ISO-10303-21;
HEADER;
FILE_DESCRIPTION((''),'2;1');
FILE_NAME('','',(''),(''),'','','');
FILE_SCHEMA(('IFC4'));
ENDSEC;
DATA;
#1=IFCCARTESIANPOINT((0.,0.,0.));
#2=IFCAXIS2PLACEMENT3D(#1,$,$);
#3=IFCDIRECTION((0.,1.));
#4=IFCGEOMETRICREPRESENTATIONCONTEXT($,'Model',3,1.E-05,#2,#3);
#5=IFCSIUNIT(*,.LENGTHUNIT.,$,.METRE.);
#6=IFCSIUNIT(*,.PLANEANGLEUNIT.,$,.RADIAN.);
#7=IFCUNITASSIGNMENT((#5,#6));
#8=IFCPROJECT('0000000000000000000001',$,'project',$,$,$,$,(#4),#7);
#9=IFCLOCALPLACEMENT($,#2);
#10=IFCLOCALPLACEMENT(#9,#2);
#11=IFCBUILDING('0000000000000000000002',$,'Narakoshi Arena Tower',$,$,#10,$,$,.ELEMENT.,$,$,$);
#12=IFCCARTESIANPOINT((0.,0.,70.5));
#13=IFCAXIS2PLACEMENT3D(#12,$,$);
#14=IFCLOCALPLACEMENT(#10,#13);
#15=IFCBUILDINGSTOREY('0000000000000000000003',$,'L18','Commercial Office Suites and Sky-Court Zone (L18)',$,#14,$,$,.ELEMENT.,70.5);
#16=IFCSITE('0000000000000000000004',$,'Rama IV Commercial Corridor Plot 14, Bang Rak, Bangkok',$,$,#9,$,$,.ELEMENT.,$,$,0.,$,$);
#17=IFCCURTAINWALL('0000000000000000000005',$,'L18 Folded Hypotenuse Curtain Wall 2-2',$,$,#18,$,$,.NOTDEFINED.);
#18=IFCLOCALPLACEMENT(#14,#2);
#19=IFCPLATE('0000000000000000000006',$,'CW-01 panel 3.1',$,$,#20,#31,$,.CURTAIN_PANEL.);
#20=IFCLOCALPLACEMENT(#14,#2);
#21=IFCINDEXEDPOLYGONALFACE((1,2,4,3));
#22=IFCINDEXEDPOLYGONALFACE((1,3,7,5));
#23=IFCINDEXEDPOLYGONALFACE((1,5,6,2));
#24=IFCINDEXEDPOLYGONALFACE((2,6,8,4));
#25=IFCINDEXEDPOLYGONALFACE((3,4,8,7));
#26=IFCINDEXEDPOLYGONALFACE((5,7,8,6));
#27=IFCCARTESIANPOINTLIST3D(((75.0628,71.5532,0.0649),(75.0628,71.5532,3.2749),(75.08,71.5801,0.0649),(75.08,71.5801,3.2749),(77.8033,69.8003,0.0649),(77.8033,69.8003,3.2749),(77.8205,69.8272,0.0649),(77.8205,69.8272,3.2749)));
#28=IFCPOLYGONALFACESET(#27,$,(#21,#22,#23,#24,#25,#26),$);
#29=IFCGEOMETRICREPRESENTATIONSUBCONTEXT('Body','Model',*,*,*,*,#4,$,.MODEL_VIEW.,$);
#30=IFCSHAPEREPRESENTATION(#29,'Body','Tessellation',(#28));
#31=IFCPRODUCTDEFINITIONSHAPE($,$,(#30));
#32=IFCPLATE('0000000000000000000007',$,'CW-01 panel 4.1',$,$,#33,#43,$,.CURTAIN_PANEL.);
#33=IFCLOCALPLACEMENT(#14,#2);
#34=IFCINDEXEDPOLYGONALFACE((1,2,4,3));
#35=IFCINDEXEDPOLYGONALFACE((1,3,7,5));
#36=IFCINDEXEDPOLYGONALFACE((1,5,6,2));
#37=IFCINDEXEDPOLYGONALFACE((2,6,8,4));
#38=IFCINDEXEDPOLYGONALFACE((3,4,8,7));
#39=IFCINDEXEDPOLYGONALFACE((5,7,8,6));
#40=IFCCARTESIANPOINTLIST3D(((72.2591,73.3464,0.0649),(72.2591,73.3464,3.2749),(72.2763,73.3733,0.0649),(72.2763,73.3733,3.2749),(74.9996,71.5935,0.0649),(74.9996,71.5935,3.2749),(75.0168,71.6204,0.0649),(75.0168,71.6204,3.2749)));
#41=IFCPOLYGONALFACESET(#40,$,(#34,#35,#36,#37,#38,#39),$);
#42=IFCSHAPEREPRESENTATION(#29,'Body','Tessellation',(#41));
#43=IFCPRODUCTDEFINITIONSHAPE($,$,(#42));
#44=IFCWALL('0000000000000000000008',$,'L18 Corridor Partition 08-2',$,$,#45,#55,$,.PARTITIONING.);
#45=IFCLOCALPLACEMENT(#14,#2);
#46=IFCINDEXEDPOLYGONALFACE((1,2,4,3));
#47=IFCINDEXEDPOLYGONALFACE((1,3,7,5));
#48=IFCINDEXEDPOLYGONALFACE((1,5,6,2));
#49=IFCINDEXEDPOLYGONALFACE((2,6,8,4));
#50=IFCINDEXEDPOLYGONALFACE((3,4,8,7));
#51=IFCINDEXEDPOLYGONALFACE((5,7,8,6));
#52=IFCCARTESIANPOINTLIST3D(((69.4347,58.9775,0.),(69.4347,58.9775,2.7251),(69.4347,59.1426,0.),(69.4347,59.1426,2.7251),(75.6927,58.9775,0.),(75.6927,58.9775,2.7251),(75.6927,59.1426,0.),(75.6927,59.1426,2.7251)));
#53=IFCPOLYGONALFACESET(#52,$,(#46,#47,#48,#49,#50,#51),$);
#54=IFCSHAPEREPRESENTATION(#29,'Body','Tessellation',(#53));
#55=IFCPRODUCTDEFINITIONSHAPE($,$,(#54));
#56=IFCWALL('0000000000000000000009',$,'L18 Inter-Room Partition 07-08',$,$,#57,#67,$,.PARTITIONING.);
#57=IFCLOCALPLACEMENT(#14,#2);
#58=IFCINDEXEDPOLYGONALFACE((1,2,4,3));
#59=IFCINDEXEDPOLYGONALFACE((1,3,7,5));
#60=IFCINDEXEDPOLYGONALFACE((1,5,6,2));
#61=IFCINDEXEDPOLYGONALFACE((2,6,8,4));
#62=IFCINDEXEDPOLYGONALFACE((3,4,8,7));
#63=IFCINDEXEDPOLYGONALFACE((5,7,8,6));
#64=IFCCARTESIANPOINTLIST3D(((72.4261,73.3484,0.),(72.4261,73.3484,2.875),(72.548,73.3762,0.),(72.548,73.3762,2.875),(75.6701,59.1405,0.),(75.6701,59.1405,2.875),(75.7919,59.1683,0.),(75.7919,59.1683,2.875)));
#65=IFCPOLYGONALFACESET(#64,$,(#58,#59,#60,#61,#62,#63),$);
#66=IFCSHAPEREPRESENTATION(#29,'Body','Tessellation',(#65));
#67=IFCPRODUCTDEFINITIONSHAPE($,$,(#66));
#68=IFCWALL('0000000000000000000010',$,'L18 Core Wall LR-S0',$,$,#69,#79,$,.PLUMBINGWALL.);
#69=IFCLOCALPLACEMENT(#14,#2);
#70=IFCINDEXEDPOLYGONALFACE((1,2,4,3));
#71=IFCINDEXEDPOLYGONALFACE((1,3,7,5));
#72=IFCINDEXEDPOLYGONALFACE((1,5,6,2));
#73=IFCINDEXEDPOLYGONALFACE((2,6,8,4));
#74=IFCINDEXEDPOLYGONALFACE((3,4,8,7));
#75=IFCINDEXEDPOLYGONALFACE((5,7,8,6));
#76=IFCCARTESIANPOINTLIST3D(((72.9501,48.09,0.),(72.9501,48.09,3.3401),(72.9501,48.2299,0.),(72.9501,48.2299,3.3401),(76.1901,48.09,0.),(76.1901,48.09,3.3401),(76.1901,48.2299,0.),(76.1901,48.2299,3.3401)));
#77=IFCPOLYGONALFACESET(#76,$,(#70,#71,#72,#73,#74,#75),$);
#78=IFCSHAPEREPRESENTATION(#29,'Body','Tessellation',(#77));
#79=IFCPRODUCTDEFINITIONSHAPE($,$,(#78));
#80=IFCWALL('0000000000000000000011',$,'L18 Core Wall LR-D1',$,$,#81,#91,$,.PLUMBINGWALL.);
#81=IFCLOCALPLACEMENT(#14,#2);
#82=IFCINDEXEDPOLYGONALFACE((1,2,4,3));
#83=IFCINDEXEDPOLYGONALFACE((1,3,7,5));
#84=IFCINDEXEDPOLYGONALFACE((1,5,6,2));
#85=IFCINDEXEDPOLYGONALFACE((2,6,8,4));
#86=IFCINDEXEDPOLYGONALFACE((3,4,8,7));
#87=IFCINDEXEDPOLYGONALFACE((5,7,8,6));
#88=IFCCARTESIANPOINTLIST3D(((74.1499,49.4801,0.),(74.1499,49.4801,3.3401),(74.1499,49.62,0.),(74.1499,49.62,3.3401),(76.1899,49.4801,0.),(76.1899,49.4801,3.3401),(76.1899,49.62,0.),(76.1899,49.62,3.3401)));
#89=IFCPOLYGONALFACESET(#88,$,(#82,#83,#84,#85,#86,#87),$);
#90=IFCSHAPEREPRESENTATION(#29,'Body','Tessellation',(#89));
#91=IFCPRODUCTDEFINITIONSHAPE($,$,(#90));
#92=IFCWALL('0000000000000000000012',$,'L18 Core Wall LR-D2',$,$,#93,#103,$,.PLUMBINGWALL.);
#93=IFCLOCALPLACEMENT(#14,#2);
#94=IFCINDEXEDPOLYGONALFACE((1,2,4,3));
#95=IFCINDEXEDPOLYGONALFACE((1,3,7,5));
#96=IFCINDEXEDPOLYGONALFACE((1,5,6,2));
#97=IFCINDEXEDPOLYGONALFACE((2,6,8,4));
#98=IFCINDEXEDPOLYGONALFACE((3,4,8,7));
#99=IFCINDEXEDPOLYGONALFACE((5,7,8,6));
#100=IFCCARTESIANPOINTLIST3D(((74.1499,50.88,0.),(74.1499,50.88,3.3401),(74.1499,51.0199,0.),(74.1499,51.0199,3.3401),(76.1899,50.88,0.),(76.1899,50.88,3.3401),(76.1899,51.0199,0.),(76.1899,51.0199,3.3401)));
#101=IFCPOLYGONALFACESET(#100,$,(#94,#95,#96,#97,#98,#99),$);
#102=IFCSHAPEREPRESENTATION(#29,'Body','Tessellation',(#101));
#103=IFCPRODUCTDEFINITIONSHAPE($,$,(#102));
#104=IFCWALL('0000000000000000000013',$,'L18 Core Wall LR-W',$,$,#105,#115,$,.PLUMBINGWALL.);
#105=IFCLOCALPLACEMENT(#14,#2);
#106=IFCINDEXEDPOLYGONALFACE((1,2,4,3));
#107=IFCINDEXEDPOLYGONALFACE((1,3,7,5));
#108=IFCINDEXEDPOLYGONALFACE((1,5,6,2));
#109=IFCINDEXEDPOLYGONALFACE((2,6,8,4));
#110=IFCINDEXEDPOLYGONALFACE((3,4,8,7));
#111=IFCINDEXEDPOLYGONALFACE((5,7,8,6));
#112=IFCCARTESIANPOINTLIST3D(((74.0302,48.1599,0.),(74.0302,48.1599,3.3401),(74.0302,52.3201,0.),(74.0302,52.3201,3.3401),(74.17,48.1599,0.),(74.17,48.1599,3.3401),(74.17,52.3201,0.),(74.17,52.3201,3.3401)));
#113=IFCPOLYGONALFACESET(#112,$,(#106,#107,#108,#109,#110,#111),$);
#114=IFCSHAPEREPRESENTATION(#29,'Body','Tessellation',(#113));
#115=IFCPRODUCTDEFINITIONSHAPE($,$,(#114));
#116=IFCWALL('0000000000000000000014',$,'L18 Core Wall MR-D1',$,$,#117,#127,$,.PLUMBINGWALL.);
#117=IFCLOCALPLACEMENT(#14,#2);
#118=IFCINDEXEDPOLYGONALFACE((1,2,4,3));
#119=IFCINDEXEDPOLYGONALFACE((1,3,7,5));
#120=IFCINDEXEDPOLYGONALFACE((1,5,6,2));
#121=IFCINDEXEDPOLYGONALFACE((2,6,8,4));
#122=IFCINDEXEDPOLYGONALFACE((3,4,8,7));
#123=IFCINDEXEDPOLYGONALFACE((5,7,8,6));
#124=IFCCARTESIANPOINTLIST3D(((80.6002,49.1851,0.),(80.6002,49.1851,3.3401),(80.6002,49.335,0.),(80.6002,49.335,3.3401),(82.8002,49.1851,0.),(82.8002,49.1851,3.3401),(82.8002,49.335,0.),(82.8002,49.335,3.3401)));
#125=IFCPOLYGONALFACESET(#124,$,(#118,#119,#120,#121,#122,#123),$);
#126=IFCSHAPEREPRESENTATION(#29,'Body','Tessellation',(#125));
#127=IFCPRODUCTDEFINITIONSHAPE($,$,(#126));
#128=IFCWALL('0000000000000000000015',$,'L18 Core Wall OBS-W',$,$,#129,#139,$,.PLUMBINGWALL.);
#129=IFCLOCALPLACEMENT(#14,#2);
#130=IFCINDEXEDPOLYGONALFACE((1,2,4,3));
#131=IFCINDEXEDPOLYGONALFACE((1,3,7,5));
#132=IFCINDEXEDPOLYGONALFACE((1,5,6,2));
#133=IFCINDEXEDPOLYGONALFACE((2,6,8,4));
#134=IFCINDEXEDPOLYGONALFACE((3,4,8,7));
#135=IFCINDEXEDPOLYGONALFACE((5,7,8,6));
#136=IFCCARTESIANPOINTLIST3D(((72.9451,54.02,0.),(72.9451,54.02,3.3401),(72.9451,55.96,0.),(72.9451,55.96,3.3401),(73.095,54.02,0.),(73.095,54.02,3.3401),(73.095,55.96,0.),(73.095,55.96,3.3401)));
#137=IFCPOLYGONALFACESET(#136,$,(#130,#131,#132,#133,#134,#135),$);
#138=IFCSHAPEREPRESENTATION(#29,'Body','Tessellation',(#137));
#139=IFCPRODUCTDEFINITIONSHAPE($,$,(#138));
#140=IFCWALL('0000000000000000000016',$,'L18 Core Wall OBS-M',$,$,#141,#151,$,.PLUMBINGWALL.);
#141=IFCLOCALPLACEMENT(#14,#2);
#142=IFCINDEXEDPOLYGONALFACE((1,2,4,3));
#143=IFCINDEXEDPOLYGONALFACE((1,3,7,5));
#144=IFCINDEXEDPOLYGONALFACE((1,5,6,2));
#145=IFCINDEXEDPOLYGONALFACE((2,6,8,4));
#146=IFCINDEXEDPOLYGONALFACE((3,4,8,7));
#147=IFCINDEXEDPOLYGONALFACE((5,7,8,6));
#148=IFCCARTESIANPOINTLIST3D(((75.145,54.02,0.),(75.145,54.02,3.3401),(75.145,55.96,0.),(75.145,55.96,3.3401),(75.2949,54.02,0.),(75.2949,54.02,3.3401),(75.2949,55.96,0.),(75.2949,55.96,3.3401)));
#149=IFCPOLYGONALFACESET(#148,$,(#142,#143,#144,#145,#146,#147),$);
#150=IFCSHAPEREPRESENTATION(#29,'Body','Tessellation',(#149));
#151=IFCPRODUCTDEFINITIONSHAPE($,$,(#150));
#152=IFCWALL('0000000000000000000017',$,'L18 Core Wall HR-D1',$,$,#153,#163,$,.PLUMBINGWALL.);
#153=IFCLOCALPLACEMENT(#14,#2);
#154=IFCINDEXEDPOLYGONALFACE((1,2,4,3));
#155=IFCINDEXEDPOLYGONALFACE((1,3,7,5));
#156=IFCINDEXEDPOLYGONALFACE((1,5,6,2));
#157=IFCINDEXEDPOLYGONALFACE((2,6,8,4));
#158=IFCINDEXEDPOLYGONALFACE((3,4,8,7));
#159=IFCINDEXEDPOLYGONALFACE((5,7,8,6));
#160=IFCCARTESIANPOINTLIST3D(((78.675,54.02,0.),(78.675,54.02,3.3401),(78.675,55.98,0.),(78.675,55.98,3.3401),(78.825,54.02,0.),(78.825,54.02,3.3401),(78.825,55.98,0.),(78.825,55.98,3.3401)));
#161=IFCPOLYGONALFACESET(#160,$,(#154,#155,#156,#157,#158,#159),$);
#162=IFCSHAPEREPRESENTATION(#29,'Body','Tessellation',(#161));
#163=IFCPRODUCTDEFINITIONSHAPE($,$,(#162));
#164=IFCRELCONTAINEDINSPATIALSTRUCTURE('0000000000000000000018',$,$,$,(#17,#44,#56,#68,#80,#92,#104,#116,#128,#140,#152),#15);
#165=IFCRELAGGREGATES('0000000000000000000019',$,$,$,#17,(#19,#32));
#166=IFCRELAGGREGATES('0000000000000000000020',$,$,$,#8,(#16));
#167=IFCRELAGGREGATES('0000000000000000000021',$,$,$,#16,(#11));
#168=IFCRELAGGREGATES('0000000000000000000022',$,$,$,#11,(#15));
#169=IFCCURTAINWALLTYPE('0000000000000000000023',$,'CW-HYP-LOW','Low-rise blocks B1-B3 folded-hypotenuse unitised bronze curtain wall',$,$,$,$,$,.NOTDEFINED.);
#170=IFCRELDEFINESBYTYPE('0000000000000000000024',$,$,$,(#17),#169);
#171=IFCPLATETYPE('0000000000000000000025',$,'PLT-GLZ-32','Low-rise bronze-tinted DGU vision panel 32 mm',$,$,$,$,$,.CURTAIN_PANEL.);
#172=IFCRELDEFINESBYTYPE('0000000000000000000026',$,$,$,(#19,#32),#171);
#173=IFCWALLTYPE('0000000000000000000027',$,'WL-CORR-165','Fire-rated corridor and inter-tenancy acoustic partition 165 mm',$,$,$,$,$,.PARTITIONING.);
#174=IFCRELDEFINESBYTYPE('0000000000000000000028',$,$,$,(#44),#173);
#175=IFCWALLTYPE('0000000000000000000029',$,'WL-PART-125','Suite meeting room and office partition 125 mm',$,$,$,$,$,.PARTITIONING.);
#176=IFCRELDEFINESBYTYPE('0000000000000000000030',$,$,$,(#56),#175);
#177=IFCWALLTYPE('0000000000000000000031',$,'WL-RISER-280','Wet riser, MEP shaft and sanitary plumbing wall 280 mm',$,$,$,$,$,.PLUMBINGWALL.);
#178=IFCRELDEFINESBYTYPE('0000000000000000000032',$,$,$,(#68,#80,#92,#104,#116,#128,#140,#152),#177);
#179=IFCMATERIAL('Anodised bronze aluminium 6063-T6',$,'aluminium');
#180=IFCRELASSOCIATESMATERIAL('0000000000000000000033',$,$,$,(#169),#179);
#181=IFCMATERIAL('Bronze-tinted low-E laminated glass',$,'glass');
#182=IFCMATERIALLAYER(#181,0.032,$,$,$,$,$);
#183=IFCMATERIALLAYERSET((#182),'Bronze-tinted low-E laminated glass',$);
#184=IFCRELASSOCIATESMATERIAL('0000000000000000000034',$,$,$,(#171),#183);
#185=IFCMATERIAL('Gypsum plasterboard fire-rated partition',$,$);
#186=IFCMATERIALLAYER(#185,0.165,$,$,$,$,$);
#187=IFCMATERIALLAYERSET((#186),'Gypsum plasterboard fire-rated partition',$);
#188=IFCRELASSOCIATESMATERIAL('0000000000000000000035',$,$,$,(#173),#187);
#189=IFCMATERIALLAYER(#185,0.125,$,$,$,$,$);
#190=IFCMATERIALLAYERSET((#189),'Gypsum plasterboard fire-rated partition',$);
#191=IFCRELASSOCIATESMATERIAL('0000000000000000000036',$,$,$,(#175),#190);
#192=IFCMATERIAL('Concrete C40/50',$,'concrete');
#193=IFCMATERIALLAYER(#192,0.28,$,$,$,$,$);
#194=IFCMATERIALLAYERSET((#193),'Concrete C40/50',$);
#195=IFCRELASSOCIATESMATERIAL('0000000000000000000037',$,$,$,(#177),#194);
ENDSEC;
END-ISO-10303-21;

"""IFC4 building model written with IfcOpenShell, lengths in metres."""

from ifc_helpers import new_model, si_unit, direction, frame, frame_2d, origin, origin_2d, place, context, subcontext, project, spatial, rectangle, extrude, material, layer, layer_set, type_object, element, aggregate, save


model = new_model("IFC4")

# Units and contexts
model_context = context("Model", 3, precision=1e-05, world=origin(), true_north=direction((0.0, 1.0)))
body_context = subcontext(model_context, "Body", "Model", "MODEL_VIEW")
ifc_project = project(units=[si_unit("LENGTHUNIT", "METRE"), si_unit("PLANEANGLEUNIT", "RADIAN")], contexts=[model_context])

# Site, building, storey
site_placement = place(None, origin())
site = spatial("IfcSite", under=ifc_project, at=site_placement, Name="Rama IV Commercial Corridor Plot 14, Bang Rak, Bangkok", CompositionType="ELEMENT", RefElevation=0.0)
building_placement = place(site_placement, origin())
building = spatial("IfcBuilding", under=site, at=building_placement, Name="Narakoshi Arena Tower", CompositionType="ELEMENT")
storey_placement = place(building_placement, frame((0.0, 0.0, 70.5)))
storey = spatial("IfcBuildingStorey", under=building, at=storey_placement, Name="L18", Description="Commercial Office Suites and Sky-Court Zone (L18)", CompositionType="ELEMENT", Elevation=70.5)

# Curtain wall, plates
ifc_material_1 = material(Name="Anodised bronze aluminium 6063-T6", Category="aluminium")
curtain_wall_type = type_object("IfcCurtainWallType", Name="CW-HYP-LOW", Description="Low-rise blocks B1-B3 folded-hypotenuse unitised bronze curtain wall", PredefinedType="NOTDEFINED", material=ifc_material_1)
curtain_wall_placement = place(storey_placement, origin())
curtain_wall = element("IfcCurtainWall", 1, at=curtain_wall_placement, inside=storey, type_object=curtain_wall_type, Name="L18 Folded Hypotenuse Curtain Wall 2-2", PredefinedType="NOTDEFINED")
ifc_material_2 = material(Name="Bronze-tinted low-E laminated glass", Category="glass")
ifc_layer_1 = layer(ifc_material_2, 0.032)
ifc_layer_set_1 = layer_set([ifc_layer_1], Name="Bronze-tinted low-E laminated glass")
plate_type = type_object("IfcPlateType", Name="PLT-GLZ-32", Description="Low-rise bronze-tinted DGU vision panel 32 mm", PredefinedType="CURTAIN_PANEL", material=ifc_layer_set_1)
plate_1_placement = place(storey_placement, frame((76.4417, 70.6902, 0.0649), z_axis=(0.0, 0.0, 1.0), x_axis=(-0.842415, 0.538829, 0.0)))
plate_1 = element("IfcPlate", 2, at=plate_1_placement, type_object=plate_type, Name="CW-01 panel 3.1", PredefinedType="CURTAIN_PANEL", context=body_context, shape_type="SweptSolid", body=[
    extrude(rectangle(XDim=3.2532, YDim=0.032, at=origin_2d()), origin(), (0.0, 0.0, 1.0), 3.21),
])
plate_2_placement = place(storey_placement, frame((73.6379, 72.4834, 0.0649), z_axis=(0.0, 0.0, 1.0), x_axis=(-0.842415, 0.538829, 0.0)))
plate_2 = element("IfcPlate", 3, at=plate_2_placement, type_object=plate_type, Name="CW-01 panel 4.1", PredefinedType="CURTAIN_PANEL", context=body_context, shape_type="SweptSolid", body=[
    extrude(rectangle(XDim=3.2532, YDim=0.032, at=origin_2d()), origin(), (0.0, 0.0, 1.0), 3.21),
])
aggregate(curtain_wall, [plate_1, plate_2])

# Walls
ifc_material_3 = material(Name="Gypsum plasterboard fire-rated partition")
ifc_layer_2 = layer(ifc_material_3, 0.165)
ifc_layer_set_2 = layer_set([ifc_layer_2], Name="Gypsum plasterboard fire-rated partition")
wall_type_1 = type_object("IfcWallType", Name="WL-CORR-165", Description="Fire-rated corridor and inter-tenancy acoustic partition 165 mm", PredefinedType="PARTITIONING", material=ifc_layer_set_2)
wall_1_placement = place(storey_placement, frame((75.6926, 59.0601, 0.0), z_axis=(0.0, 0.0, 1.0), x_axis=(-1.0, 0.0, 0.0)))
element("IfcWall", 4, at=wall_1_placement, inside=storey, type_object=wall_type_1, Name="L18 Corridor Partition 08-2", PredefinedType="PARTITIONING", context=body_context, shape_type="SweptSolid", body=[
    extrude(rectangle(XDim=6.2581, YDim=0.165, at=frame_2d((3.1289, 0.0))), origin(), (0.0, 0.0, 1.0), 2.7251),
])
ifc_layer_3 = layer(ifc_material_3, 0.125)
ifc_layer_set_3 = layer_set([ifc_layer_3], Name="Gypsum plasterboard fire-rated partition")
wall_type_2 = type_object("IfcWallType", Name="WL-PART-125", Description="Suite meeting room and office partition 125 mm", PredefinedType="PARTITIONING", material=ifc_layer_set_3)
wall_2_placement = place(storey_placement, frame((75.731, 59.1545, 0.0), z_axis=(0.0, 0.0, 1.0), x_axis=(-0.222591, 0.974912, 0.0)))
element("IfcWall", 5, at=wall_2_placement, inside=storey, type_object=wall_type_2, Name="L18 Inter-Room Partition 07-08", PredefinedType="PARTITIONING", context=body_context, shape_type="SweptSolid", body=[
    extrude(rectangle(XDim=14.5735, YDim=0.125, at=frame_2d((7.2866, 0.0))), origin(), (0.0, 0.0, 1.0), 2.875),
])
ifc_material_4 = material(Name="Concrete C40/50", Category="concrete")
ifc_layer_4 = layer(ifc_material_4, 0.28)
ifc_layer_set_4 = layer_set([ifc_layer_4], Name="Concrete C40/50")
wall_type_3 = type_object("IfcWallType", Name="WL-RISER-280", Description="Wet riser, MEP shaft and sanitary plumbing wall 280 mm", PredefinedType="PLUMBINGWALL", material=ifc_layer_set_4)
wall_3_placement = place(storey_placement, frame((72.95, 48.1599, 0.0), z_axis=(0.0, 0.0, 1.0), x_axis=(1.0, 0.0, 0.0)))
element("IfcWall", 6, at=wall_3_placement, inside=storey, type_object=wall_type_3, Name="L18 Core Wall LR-S0", PredefinedType="PLUMBINGWALL", context=body_context, shape_type="SweptSolid", body=[
    extrude(rectangle(XDim=3.24, YDim=0.1399, at=frame_2d((1.6201, 0.0))), origin(), (0.0, 0.0, 1.0), 3.3401),
])
for number, where, z_axis, x_axis, name in (
    (7, (74.1499, 49.55, 0.0), (0.0, 0.0, 1.0), (1.0, 0.0, 0.0), "L18 Core Wall LR-D1"),
    (8, (74.1499, 50.95, 0.0), (0.0, 0.0, 1.0), (1.0, 0.0, 0.0), "L18 Core Wall LR-D2"),
):
    element("IfcWall", number, at=place(storey_placement, frame(where, z_axis=z_axis, x_axis=x_axis)), inside=storey, type_object=wall_type_3, Name=name, PredefinedType="PLUMBINGWALL", context=body_context, shape_type="SweptSolid", body=[
        extrude(rectangle(XDim=2.04, YDim=0.1399, at=frame_2d((1.02, 0.0))), origin(), (0.0, 0.0, 1.0), 3.3401),
    ])
wall_4_placement = place(storey_placement, frame((74.1001, 48.1599, 0.0), z_axis=(0.0, 0.0, 1.0), x_axis=(0.0, 1.0, 0.0)))
element("IfcWall", 9, at=wall_4_placement, inside=storey, type_object=wall_type_3, Name="L18 Core Wall LR-W", PredefinedType="PLUMBINGWALL", context=body_context, shape_type="SweptSolid", body=[
    extrude(rectangle(XDim=4.1602, YDim=0.1399, at=frame_2d((2.0801, 0.0))), origin(), (0.0, 0.0, 1.0), 3.3401),
])
wall_5_placement = place(storey_placement, frame((80.6001, 49.26, 0.0), z_axis=(0.0, 0.0, 1.0), x_axis=(1.0, 0.0, 0.0)))
element("IfcWall", 10, at=wall_5_placement, inside=storey, type_object=wall_type_3, Name="L18 Core Wall MR-D1", PredefinedType="PLUMBINGWALL", context=body_context, shape_type="SweptSolid", body=[
    extrude(rectangle(XDim=2.2, YDim=0.1499, at=frame_2d((1.1001, 0.0))), origin(), (0.0, 0.0, 1.0), 3.3401),
])
for number, where, z_axis, x_axis, name in (
    (11, (73.02, 54.02, 0.0), (0.0, 0.0, 1.0), (0.0, 1.0, 0.0), "L18 Core Wall OBS-W"),
    (12, (75.22, 54.02, 0.0), (0.0, 0.0, 1.0), (0.0, 1.0, 0.0), "L18 Core Wall OBS-M"),
):
    element("IfcWall", number, at=place(storey_placement, frame(where, z_axis=z_axis, x_axis=x_axis)), inside=storey, type_object=wall_type_3, Name=name, PredefinedType="PLUMBINGWALL", context=body_context, shape_type="SweptSolid", body=[
        extrude(rectangle(XDim=1.9399, YDim=0.1499, at=frame_2d((0.97, 0.0))), origin(), (0.0, 0.0, 1.0), 3.3401),
    ])
wall_6_placement = place(storey_placement, frame((78.75, 54.02, 0.0), z_axis=(0.0, 0.0, 1.0), x_axis=(0.0, 1.0, 0.0)))
element("IfcWall", 13, at=wall_6_placement, inside=storey, type_object=wall_type_3, Name="L18 Core Wall HR-D1", PredefinedType="PLUMBINGWALL", context=body_context, shape_type="SweptSolid", body=[
    extrude(rectangle(XDim=1.96, YDim=0.1499, at=frame_2d((0.98, 0.0))), origin(), (0.0, 0.0, 1.0), 3.3401),
])

save(model, "model.ifc")
